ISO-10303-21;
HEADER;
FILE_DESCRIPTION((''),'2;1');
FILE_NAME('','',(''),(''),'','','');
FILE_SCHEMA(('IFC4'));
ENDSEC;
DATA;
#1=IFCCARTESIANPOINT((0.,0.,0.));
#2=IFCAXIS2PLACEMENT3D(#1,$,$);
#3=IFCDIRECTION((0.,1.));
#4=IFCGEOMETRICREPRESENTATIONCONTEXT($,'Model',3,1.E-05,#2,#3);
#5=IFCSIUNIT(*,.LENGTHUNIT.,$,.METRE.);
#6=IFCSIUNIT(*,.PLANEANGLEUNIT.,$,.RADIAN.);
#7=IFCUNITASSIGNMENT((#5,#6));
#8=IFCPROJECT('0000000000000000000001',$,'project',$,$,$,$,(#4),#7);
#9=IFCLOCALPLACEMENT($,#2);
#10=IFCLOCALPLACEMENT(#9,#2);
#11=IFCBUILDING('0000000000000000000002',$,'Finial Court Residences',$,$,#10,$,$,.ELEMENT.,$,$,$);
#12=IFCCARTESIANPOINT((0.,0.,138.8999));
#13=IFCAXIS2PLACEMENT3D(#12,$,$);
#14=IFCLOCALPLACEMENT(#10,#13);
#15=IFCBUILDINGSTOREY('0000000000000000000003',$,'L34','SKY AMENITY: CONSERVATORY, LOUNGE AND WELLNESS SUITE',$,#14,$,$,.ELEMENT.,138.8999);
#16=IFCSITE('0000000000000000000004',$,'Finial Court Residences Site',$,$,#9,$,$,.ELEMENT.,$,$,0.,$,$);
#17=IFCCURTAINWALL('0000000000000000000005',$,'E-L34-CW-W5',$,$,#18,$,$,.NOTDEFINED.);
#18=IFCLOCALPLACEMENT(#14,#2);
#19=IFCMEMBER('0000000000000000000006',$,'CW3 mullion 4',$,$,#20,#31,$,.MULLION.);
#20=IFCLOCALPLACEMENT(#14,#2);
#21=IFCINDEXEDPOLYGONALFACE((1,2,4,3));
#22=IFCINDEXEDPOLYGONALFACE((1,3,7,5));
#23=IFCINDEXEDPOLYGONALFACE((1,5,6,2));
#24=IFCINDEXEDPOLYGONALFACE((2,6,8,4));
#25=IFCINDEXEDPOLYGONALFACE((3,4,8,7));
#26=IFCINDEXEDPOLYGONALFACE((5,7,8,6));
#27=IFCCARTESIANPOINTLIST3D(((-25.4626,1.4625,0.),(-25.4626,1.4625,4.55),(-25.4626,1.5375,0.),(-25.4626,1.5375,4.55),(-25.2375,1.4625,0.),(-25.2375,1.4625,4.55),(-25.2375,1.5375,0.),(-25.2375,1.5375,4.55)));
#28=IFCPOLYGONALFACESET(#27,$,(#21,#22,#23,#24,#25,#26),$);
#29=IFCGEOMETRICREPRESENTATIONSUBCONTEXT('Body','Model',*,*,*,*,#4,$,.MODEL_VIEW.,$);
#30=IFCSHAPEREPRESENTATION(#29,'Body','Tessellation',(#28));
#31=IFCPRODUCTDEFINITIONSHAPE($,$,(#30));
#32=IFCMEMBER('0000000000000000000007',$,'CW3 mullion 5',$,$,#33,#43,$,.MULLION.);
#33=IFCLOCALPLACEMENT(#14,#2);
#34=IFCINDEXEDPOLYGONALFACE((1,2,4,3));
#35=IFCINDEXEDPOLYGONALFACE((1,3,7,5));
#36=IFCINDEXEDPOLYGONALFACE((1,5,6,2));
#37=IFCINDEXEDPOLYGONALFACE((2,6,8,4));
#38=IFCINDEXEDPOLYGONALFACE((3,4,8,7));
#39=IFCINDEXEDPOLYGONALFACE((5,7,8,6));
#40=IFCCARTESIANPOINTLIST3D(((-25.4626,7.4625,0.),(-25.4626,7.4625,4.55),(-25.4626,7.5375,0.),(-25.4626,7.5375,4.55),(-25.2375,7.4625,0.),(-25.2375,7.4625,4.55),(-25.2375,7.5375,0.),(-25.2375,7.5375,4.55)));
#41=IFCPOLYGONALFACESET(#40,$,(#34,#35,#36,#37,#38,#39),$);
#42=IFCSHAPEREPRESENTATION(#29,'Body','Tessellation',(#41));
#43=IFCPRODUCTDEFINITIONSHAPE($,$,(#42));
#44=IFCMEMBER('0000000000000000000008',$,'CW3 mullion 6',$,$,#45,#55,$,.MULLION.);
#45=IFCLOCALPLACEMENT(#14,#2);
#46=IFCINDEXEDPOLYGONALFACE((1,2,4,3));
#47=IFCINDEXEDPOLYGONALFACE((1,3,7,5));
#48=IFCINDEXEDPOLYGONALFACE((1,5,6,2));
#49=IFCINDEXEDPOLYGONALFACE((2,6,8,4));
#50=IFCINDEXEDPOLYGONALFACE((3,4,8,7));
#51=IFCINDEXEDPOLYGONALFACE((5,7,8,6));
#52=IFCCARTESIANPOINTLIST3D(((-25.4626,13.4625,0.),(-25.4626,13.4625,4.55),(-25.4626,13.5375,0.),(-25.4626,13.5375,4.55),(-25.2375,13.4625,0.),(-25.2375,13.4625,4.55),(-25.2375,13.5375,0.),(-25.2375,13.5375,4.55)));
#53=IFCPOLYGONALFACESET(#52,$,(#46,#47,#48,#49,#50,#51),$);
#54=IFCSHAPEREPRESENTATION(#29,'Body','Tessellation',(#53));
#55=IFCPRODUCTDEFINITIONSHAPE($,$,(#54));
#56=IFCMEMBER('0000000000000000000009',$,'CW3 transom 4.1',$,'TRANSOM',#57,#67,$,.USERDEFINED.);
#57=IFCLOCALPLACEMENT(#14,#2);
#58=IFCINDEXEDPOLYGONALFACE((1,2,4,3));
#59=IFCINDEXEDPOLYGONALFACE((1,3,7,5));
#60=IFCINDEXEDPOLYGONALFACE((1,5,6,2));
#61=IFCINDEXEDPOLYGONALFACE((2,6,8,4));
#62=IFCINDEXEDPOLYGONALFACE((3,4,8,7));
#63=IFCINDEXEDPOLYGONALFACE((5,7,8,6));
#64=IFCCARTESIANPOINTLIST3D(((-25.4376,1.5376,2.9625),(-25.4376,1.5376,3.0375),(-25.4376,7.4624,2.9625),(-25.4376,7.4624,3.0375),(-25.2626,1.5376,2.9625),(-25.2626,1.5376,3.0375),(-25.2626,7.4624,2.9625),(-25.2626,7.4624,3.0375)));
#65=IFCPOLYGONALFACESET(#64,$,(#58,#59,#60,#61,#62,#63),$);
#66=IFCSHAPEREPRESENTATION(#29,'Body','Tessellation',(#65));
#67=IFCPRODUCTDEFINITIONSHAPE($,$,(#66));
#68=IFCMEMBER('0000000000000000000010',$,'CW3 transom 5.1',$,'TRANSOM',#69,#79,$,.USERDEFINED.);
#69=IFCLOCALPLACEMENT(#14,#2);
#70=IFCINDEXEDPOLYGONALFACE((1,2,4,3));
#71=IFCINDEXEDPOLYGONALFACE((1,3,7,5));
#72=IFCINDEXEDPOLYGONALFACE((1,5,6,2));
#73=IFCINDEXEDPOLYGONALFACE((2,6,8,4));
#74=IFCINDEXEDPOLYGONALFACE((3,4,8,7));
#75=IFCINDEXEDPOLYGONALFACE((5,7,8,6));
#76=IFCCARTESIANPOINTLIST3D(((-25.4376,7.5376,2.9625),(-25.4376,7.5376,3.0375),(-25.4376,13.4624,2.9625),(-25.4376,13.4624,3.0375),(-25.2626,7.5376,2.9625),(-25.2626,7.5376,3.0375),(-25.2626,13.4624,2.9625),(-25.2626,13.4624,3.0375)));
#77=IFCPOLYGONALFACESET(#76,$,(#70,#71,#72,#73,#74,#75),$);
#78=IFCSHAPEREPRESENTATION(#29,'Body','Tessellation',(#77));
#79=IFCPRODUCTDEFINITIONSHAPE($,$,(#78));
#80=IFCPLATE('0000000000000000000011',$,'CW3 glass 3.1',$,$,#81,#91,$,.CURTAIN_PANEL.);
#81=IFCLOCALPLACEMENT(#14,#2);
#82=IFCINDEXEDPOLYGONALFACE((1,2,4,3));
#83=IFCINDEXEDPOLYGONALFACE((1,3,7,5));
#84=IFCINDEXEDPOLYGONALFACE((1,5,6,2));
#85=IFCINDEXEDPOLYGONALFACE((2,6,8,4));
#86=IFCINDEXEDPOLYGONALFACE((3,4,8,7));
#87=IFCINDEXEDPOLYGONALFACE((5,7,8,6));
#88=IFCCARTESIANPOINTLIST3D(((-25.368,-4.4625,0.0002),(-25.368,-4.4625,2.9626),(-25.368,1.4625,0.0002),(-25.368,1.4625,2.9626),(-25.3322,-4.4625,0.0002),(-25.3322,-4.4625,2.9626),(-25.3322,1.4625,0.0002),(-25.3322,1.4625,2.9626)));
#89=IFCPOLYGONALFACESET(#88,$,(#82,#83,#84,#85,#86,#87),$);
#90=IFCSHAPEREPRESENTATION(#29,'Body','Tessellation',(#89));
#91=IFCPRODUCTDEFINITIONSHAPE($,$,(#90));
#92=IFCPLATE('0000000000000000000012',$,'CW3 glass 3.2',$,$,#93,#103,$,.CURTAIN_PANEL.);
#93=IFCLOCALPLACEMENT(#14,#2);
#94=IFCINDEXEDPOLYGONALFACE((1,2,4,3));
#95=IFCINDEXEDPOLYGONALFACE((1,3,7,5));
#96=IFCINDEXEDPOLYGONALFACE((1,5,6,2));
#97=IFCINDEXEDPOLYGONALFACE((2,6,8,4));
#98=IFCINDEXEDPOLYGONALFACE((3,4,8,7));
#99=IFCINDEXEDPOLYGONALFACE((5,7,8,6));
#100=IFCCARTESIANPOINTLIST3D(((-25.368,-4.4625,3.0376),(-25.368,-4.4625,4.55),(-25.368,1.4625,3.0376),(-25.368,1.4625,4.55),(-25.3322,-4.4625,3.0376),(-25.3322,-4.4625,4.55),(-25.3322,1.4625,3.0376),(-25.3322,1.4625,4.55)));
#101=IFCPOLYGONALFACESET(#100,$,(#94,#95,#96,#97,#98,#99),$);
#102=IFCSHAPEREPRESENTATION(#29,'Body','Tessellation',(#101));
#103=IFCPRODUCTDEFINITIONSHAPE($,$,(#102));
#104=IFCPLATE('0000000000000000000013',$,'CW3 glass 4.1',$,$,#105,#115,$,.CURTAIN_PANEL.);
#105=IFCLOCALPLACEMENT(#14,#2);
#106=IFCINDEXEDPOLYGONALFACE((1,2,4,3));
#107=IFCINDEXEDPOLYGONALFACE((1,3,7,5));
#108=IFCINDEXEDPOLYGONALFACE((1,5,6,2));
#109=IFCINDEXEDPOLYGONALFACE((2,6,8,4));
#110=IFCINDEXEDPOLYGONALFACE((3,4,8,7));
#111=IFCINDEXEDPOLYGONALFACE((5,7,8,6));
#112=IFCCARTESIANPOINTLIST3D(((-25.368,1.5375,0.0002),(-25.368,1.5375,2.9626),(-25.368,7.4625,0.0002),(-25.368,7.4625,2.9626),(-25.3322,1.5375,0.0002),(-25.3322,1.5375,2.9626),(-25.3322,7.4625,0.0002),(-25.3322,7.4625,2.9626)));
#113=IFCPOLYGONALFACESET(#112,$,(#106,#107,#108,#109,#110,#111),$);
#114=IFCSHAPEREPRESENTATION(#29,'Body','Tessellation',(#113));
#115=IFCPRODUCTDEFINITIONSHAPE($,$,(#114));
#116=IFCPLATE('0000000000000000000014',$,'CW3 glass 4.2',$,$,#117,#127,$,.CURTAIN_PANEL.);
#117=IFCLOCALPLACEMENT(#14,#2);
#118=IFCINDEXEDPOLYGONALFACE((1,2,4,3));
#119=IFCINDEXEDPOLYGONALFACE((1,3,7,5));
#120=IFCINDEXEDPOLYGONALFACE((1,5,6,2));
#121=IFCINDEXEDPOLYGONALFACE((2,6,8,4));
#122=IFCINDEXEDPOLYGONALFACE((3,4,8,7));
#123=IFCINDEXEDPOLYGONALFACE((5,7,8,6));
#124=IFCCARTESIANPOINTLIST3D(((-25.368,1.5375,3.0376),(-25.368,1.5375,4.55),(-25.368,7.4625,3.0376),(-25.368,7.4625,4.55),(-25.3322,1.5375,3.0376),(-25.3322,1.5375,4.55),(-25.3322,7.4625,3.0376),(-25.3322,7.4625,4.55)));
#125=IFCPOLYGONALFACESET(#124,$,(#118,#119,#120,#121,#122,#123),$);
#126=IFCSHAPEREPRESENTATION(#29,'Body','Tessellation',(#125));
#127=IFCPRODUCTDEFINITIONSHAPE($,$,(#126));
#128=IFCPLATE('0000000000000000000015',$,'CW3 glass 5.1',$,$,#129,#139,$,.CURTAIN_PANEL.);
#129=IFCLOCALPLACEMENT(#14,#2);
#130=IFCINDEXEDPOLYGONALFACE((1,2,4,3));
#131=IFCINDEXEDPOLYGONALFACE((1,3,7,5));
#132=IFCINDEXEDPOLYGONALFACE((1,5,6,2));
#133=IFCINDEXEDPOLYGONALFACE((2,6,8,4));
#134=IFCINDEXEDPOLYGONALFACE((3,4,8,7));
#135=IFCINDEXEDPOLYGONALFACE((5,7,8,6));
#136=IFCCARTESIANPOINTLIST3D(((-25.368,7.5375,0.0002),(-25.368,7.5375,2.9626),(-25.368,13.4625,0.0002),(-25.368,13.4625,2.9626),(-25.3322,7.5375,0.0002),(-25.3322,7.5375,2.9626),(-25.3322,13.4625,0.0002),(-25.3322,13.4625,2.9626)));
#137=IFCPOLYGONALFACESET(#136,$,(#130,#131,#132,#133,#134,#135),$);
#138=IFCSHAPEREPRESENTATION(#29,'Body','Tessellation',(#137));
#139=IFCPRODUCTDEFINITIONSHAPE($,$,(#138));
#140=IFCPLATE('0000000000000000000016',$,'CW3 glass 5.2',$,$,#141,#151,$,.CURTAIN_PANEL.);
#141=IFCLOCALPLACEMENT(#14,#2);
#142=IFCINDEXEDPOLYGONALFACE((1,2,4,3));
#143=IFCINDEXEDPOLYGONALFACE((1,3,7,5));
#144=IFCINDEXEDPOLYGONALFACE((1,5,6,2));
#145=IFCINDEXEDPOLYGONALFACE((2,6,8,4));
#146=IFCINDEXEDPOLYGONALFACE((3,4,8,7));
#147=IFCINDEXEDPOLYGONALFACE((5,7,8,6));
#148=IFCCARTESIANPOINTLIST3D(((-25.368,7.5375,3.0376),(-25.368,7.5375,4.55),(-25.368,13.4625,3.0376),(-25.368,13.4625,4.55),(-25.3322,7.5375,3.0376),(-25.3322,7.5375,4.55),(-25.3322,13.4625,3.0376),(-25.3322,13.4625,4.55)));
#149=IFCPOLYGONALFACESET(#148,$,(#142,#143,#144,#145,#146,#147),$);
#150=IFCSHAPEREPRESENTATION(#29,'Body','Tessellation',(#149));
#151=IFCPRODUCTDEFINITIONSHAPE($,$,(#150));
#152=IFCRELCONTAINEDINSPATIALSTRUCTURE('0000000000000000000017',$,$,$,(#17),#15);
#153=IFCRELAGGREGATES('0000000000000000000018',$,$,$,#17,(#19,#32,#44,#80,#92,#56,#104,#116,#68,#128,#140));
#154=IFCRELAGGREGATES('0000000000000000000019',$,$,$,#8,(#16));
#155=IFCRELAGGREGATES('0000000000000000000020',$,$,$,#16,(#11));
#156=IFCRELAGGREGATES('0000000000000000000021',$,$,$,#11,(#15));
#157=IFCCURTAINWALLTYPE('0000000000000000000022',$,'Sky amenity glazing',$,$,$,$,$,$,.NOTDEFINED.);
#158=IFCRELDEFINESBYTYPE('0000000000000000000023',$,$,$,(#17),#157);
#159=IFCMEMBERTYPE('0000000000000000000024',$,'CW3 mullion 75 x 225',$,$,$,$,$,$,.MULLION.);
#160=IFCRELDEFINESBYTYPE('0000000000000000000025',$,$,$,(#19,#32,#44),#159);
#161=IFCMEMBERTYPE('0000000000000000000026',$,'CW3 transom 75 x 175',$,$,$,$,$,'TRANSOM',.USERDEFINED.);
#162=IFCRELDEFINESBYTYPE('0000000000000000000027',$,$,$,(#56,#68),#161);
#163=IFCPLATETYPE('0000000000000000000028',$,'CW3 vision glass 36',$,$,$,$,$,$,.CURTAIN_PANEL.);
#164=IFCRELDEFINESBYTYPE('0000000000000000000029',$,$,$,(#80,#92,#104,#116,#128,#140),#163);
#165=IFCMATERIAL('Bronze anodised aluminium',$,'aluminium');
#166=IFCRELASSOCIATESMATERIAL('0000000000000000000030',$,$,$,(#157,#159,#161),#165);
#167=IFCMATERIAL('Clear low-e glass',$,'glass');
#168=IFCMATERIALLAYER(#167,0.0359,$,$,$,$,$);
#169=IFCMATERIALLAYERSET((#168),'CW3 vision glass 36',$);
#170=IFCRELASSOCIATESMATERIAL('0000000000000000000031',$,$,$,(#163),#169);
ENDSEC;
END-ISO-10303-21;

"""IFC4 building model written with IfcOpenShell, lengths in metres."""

from ifc_helpers import new_model, si_unit, direction, frame, origin, origin_2d, place, context, subcontext, project, spatial, rectangle, extrude, material, layer, layer_set, material_profile, profile_set, type_object, element, aggregate, save


model = new_model("IFC4")

# Units and contexts
model_context = context("Model", 3, precision=1e-05, world=origin(), true_north=direction((0.0, 1.0)))
body_context = subcontext(model_context, "Body", "Model", "MODEL_VIEW")
ifc_project = project(units=[si_unit("LENGTHUNIT", "METRE"), si_unit("PLANEANGLEUNIT", "RADIAN")], contexts=[model_context])

# Site, building, storey
site_placement = place(None, origin())
site = spatial("IfcSite", under=ifc_project, at=site_placement, Name="Finial Court Residences Site", CompositionType="ELEMENT", RefElevation=0.0)
building_placement = place(site_placement, origin())
building = spatial("IfcBuilding", under=site, at=building_placement, Name="Finial Court Residences", CompositionType="ELEMENT")
storey_placement = place(building_placement, frame((0.0, 0.0, 138.8999)))
storey = spatial("IfcBuildingStorey", under=building, at=storey_placement, Name="L34", Description="SKY AMENITY: CONSERVATORY, LOUNGE AND WELLNESS SUITE", CompositionType="ELEMENT", Elevation=138.8999)

# Curtain wall, members, plates
ifc_material_1 = material(Name="Bronze anodised aluminium", Category="aluminium")
curtain_wall_type = type_object("IfcCurtainWallType", Name="Sky amenity glazing", PredefinedType="NOTDEFINED", material=ifc_material_1)
curtain_wall_placement = place(storey_placement, origin())
curtain_wall = element("IfcCurtainWall", 1, at=curtain_wall_placement, inside=storey, type_object=curtain_wall_type, Name="E-L34-CW-W5", PredefinedType="NOTDEFINED")
ifc_material_profile_1 = material_profile(ifc_material_1, rectangle(XDim=0.2251, YDim=0.075, at=origin_2d()), Name="CW3 mullion 75 x 225")
ifc_profile_set_1 = profile_set([ifc_material_profile_1], Name="Bronze anodised aluminium")
member_type_1 = type_object("IfcMemberType", Name="CW3 mullion 75 x 225", PredefinedType="MULLION", material=ifc_profile_set_1)
member_1_placement = place(storey_placement, frame((-25.3501, 1.5, 0.0), z_axis=(0.0, 0.0, 1.0), x_axis=(-1.0, 0.0, 0.0)))
member_1 = element("IfcMember", 2, at=member_1_placement, type_object=member_type_1, Name="CW3 mullion 4", PredefinedType="MULLION", context=body_context, shape_type="SweptSolid", body=[
    extrude(rectangle(XDim=0.2251, YDim=0.075, at=origin_2d()), origin(), (0.0, 0.0, 1.0), 4.55),
])
member_2_placement = place(storey_placement, frame((-25.3501, 7.5, 0.0), z_axis=(0.0, 0.0, 1.0), x_axis=(-1.0, 0.0, 0.0)))
member_2 = element("IfcMember", 3, at=member_2_placement, type_object=member_type_1, Name="CW3 mullion 5", PredefinedType="MULLION", context=body_context, shape_type="SweptSolid", body=[
    extrude(rectangle(XDim=0.2251, YDim=0.075, at=origin_2d()), origin(), (0.0, 0.0, 1.0), 4.55),
])
member_3_placement = place(storey_placement, frame((-25.3501, 13.5, 0.0), z_axis=(0.0, 0.0, 1.0), x_axis=(-1.0, 0.0, 0.0)))
member_3 = element("IfcMember", 4, at=member_3_placement, type_object=member_type_1, Name="CW3 mullion 6", PredefinedType="MULLION", context=body_context, shape_type="SweptSolid", body=[
    extrude(rectangle(XDim=0.2251, YDim=0.075, at=origin_2d()), origin(), (0.0, 0.0, 1.0), 4.55),
])
ifc_material_profile_2 = material_profile(ifc_material_1, rectangle(XDim=0.175, YDim=0.075, at=origin_2d()), Name="CW3 transom 75 x 175")
ifc_profile_set_2 = profile_set([ifc_material_profile_2], Name="Bronze anodised aluminium")
member_type_2 = type_object("IfcMemberType", Name="CW3 transom 75 x 175", ElementType="TRANSOM", PredefinedType="USERDEFINED", material=ifc_profile_set_2)
member_4_placement = place(storey_placement, frame((-25.3501, 1.5376, 3.0), z_axis=(0.0, 1.0, 0.0), x_axis=(-1.0, 0.0, 0.0)))
member_4 = element("IfcMember", 5, at=member_4_placement, type_object=member_type_2, Name="CW3 transom 4.1", ObjectType="TRANSOM", PredefinedType="USERDEFINED", context=body_context, shape_type="SweptSolid", body=[
    extrude(rectangle(XDim=0.175, YDim=0.075, at=origin_2d()), origin(), (0.0, 0.0, 1.0), 5.9248),
])
member_5_placement = place(storey_placement, frame((-25.3501, 7.5376, 3.0), z_axis=(0.0, 1.0, 0.0), x_axis=(-1.0, 0.0, 0.0)))
member_5 = element("IfcMember", 6, at=member_5_placement, type_object=member_type_2, Name="CW3 transom 5.1", ObjectType="TRANSOM", PredefinedType="USERDEFINED", context=body_context, shape_type="SweptSolid", body=[
    extrude(rectangle(XDim=0.175, YDim=0.075, at=origin_2d()), origin(), (0.0, 0.0, 1.0), 5.9248),
])
ifc_material_2 = material(Name="Clear low-e glass", Category="glass")
ifc_layer_1 = layer(ifc_material_2, 0.0359)
ifc_layer_set_1 = layer_set([ifc_layer_1], Name="CW3 vision glass 36")
plate_type = type_object("IfcPlateType", Name="CW3 vision glass 36", PredefinedType="CURTAIN_PANEL", material=ifc_layer_set_1)
plate_1_placement = place(storey_placement, frame((-25.3501, -1.5, 0.0002), z_axis=(0.0, 0.0, 1.0), x_axis=(0.0, 1.0, 0.0)))
plate_1 = element("IfcPlate", 7, at=plate_1_placement, type_object=plate_type, Name="CW3 glass 3.1", PredefinedType="CURTAIN_PANEL", context=body_context, shape_type="SweptSolid", body=[
    extrude(rectangle(XDim=5.925, YDim=0.0359, at=origin_2d()), origin(), (0.0, 0.0, 1.0), 2.9624),
])
plate_2_placement = place(storey_placement, frame((-25.3501, -1.5, 3.0376), z_axis=(0.0, 0.0, 1.0), x_axis=(0.0, 1.0, 0.0)))
plate_2 = element("IfcPlate", 8, at=plate_2_placement, type_object=plate_type, Name="CW3 glass 3.2", PredefinedType="CURTAIN_PANEL", context=body_context, shape_type="SweptSolid", body=[
    extrude(rectangle(XDim=5.925, YDim=0.0359, at=origin_2d()), origin(), (0.0, 0.0, 1.0), 1.5125),
])
plate_3_placement = place(storey_placement, frame((-25.3501, 4.5, 0.0002), z_axis=(0.0, 0.0, 1.0), x_axis=(0.0, 1.0, 0.0)))
plate_3 = element("IfcPlate", 9, at=plate_3_placement, type_object=plate_type, Name="CW3 glass 4.1", PredefinedType="CURTAIN_PANEL", context=body_context, shape_type="SweptSolid", body=[
    extrude(rectangle(XDim=5.925, YDim=0.0359, at=origin_2d()), origin(), (0.0, 0.0, 1.0), 2.9624),
])
plate_4_placement = place(storey_placement, frame((-25.3501, 4.5, 3.0376), z_axis=(0.0, 0.0, 1.0), x_axis=(0.0, 1.0, 0.0)))
plate_4 = element("IfcPlate", 10, at=plate_4_placement, type_object=plate_type, Name="CW3 glass 4.2", PredefinedType="CURTAIN_PANEL", context=body_context, shape_type="SweptSolid", body=[
    extrude(rectangle(XDim=5.925, YDim=0.0359, at=origin_2d()), origin(), (0.0, 0.0, 1.0), 1.5125),
])
plate_5_placement = place(storey_placement, frame((-25.3501, 10.5, 0.0002), z_axis=(0.0, 0.0, 1.0), x_axis=(0.0, 1.0, 0.0)))
plate_5 = element("IfcPlate", 11, at=plate_5_placement, type_object=plate_type, Name="CW3 glass 5.1", PredefinedType="CURTAIN_PANEL", context=body_context, shape_type="SweptSolid", body=[
    extrude(rectangle(XDim=5.925, YDim=0.0359, at=origin_2d()), origin(), (0.0, 0.0, 1.0), 2.9624),
])
plate_6_placement = place(storey_placement, frame((-25.3501, 10.5, 3.0376), z_axis=(0.0, 0.0, 1.0), x_axis=(0.0, 1.0, 0.0)))
plate_6 = element("IfcPlate", 12, at=plate_6_placement, type_object=plate_type, Name="CW3 glass 5.2", PredefinedType="CURTAIN_PANEL", context=body_context, shape_type="SweptSolid", body=[
    extrude(rectangle(XDim=5.925, YDim=0.0359, at=origin_2d()), origin(), (0.0, 0.0, 1.0), 1.5125),
])
aggregate(curtain_wall, [member_1, member_2, member_3, plate_1, plate_2, member_4, plate_3, plate_4, member_5, plate_5, plate_6])

save(model, "model.ifc")
